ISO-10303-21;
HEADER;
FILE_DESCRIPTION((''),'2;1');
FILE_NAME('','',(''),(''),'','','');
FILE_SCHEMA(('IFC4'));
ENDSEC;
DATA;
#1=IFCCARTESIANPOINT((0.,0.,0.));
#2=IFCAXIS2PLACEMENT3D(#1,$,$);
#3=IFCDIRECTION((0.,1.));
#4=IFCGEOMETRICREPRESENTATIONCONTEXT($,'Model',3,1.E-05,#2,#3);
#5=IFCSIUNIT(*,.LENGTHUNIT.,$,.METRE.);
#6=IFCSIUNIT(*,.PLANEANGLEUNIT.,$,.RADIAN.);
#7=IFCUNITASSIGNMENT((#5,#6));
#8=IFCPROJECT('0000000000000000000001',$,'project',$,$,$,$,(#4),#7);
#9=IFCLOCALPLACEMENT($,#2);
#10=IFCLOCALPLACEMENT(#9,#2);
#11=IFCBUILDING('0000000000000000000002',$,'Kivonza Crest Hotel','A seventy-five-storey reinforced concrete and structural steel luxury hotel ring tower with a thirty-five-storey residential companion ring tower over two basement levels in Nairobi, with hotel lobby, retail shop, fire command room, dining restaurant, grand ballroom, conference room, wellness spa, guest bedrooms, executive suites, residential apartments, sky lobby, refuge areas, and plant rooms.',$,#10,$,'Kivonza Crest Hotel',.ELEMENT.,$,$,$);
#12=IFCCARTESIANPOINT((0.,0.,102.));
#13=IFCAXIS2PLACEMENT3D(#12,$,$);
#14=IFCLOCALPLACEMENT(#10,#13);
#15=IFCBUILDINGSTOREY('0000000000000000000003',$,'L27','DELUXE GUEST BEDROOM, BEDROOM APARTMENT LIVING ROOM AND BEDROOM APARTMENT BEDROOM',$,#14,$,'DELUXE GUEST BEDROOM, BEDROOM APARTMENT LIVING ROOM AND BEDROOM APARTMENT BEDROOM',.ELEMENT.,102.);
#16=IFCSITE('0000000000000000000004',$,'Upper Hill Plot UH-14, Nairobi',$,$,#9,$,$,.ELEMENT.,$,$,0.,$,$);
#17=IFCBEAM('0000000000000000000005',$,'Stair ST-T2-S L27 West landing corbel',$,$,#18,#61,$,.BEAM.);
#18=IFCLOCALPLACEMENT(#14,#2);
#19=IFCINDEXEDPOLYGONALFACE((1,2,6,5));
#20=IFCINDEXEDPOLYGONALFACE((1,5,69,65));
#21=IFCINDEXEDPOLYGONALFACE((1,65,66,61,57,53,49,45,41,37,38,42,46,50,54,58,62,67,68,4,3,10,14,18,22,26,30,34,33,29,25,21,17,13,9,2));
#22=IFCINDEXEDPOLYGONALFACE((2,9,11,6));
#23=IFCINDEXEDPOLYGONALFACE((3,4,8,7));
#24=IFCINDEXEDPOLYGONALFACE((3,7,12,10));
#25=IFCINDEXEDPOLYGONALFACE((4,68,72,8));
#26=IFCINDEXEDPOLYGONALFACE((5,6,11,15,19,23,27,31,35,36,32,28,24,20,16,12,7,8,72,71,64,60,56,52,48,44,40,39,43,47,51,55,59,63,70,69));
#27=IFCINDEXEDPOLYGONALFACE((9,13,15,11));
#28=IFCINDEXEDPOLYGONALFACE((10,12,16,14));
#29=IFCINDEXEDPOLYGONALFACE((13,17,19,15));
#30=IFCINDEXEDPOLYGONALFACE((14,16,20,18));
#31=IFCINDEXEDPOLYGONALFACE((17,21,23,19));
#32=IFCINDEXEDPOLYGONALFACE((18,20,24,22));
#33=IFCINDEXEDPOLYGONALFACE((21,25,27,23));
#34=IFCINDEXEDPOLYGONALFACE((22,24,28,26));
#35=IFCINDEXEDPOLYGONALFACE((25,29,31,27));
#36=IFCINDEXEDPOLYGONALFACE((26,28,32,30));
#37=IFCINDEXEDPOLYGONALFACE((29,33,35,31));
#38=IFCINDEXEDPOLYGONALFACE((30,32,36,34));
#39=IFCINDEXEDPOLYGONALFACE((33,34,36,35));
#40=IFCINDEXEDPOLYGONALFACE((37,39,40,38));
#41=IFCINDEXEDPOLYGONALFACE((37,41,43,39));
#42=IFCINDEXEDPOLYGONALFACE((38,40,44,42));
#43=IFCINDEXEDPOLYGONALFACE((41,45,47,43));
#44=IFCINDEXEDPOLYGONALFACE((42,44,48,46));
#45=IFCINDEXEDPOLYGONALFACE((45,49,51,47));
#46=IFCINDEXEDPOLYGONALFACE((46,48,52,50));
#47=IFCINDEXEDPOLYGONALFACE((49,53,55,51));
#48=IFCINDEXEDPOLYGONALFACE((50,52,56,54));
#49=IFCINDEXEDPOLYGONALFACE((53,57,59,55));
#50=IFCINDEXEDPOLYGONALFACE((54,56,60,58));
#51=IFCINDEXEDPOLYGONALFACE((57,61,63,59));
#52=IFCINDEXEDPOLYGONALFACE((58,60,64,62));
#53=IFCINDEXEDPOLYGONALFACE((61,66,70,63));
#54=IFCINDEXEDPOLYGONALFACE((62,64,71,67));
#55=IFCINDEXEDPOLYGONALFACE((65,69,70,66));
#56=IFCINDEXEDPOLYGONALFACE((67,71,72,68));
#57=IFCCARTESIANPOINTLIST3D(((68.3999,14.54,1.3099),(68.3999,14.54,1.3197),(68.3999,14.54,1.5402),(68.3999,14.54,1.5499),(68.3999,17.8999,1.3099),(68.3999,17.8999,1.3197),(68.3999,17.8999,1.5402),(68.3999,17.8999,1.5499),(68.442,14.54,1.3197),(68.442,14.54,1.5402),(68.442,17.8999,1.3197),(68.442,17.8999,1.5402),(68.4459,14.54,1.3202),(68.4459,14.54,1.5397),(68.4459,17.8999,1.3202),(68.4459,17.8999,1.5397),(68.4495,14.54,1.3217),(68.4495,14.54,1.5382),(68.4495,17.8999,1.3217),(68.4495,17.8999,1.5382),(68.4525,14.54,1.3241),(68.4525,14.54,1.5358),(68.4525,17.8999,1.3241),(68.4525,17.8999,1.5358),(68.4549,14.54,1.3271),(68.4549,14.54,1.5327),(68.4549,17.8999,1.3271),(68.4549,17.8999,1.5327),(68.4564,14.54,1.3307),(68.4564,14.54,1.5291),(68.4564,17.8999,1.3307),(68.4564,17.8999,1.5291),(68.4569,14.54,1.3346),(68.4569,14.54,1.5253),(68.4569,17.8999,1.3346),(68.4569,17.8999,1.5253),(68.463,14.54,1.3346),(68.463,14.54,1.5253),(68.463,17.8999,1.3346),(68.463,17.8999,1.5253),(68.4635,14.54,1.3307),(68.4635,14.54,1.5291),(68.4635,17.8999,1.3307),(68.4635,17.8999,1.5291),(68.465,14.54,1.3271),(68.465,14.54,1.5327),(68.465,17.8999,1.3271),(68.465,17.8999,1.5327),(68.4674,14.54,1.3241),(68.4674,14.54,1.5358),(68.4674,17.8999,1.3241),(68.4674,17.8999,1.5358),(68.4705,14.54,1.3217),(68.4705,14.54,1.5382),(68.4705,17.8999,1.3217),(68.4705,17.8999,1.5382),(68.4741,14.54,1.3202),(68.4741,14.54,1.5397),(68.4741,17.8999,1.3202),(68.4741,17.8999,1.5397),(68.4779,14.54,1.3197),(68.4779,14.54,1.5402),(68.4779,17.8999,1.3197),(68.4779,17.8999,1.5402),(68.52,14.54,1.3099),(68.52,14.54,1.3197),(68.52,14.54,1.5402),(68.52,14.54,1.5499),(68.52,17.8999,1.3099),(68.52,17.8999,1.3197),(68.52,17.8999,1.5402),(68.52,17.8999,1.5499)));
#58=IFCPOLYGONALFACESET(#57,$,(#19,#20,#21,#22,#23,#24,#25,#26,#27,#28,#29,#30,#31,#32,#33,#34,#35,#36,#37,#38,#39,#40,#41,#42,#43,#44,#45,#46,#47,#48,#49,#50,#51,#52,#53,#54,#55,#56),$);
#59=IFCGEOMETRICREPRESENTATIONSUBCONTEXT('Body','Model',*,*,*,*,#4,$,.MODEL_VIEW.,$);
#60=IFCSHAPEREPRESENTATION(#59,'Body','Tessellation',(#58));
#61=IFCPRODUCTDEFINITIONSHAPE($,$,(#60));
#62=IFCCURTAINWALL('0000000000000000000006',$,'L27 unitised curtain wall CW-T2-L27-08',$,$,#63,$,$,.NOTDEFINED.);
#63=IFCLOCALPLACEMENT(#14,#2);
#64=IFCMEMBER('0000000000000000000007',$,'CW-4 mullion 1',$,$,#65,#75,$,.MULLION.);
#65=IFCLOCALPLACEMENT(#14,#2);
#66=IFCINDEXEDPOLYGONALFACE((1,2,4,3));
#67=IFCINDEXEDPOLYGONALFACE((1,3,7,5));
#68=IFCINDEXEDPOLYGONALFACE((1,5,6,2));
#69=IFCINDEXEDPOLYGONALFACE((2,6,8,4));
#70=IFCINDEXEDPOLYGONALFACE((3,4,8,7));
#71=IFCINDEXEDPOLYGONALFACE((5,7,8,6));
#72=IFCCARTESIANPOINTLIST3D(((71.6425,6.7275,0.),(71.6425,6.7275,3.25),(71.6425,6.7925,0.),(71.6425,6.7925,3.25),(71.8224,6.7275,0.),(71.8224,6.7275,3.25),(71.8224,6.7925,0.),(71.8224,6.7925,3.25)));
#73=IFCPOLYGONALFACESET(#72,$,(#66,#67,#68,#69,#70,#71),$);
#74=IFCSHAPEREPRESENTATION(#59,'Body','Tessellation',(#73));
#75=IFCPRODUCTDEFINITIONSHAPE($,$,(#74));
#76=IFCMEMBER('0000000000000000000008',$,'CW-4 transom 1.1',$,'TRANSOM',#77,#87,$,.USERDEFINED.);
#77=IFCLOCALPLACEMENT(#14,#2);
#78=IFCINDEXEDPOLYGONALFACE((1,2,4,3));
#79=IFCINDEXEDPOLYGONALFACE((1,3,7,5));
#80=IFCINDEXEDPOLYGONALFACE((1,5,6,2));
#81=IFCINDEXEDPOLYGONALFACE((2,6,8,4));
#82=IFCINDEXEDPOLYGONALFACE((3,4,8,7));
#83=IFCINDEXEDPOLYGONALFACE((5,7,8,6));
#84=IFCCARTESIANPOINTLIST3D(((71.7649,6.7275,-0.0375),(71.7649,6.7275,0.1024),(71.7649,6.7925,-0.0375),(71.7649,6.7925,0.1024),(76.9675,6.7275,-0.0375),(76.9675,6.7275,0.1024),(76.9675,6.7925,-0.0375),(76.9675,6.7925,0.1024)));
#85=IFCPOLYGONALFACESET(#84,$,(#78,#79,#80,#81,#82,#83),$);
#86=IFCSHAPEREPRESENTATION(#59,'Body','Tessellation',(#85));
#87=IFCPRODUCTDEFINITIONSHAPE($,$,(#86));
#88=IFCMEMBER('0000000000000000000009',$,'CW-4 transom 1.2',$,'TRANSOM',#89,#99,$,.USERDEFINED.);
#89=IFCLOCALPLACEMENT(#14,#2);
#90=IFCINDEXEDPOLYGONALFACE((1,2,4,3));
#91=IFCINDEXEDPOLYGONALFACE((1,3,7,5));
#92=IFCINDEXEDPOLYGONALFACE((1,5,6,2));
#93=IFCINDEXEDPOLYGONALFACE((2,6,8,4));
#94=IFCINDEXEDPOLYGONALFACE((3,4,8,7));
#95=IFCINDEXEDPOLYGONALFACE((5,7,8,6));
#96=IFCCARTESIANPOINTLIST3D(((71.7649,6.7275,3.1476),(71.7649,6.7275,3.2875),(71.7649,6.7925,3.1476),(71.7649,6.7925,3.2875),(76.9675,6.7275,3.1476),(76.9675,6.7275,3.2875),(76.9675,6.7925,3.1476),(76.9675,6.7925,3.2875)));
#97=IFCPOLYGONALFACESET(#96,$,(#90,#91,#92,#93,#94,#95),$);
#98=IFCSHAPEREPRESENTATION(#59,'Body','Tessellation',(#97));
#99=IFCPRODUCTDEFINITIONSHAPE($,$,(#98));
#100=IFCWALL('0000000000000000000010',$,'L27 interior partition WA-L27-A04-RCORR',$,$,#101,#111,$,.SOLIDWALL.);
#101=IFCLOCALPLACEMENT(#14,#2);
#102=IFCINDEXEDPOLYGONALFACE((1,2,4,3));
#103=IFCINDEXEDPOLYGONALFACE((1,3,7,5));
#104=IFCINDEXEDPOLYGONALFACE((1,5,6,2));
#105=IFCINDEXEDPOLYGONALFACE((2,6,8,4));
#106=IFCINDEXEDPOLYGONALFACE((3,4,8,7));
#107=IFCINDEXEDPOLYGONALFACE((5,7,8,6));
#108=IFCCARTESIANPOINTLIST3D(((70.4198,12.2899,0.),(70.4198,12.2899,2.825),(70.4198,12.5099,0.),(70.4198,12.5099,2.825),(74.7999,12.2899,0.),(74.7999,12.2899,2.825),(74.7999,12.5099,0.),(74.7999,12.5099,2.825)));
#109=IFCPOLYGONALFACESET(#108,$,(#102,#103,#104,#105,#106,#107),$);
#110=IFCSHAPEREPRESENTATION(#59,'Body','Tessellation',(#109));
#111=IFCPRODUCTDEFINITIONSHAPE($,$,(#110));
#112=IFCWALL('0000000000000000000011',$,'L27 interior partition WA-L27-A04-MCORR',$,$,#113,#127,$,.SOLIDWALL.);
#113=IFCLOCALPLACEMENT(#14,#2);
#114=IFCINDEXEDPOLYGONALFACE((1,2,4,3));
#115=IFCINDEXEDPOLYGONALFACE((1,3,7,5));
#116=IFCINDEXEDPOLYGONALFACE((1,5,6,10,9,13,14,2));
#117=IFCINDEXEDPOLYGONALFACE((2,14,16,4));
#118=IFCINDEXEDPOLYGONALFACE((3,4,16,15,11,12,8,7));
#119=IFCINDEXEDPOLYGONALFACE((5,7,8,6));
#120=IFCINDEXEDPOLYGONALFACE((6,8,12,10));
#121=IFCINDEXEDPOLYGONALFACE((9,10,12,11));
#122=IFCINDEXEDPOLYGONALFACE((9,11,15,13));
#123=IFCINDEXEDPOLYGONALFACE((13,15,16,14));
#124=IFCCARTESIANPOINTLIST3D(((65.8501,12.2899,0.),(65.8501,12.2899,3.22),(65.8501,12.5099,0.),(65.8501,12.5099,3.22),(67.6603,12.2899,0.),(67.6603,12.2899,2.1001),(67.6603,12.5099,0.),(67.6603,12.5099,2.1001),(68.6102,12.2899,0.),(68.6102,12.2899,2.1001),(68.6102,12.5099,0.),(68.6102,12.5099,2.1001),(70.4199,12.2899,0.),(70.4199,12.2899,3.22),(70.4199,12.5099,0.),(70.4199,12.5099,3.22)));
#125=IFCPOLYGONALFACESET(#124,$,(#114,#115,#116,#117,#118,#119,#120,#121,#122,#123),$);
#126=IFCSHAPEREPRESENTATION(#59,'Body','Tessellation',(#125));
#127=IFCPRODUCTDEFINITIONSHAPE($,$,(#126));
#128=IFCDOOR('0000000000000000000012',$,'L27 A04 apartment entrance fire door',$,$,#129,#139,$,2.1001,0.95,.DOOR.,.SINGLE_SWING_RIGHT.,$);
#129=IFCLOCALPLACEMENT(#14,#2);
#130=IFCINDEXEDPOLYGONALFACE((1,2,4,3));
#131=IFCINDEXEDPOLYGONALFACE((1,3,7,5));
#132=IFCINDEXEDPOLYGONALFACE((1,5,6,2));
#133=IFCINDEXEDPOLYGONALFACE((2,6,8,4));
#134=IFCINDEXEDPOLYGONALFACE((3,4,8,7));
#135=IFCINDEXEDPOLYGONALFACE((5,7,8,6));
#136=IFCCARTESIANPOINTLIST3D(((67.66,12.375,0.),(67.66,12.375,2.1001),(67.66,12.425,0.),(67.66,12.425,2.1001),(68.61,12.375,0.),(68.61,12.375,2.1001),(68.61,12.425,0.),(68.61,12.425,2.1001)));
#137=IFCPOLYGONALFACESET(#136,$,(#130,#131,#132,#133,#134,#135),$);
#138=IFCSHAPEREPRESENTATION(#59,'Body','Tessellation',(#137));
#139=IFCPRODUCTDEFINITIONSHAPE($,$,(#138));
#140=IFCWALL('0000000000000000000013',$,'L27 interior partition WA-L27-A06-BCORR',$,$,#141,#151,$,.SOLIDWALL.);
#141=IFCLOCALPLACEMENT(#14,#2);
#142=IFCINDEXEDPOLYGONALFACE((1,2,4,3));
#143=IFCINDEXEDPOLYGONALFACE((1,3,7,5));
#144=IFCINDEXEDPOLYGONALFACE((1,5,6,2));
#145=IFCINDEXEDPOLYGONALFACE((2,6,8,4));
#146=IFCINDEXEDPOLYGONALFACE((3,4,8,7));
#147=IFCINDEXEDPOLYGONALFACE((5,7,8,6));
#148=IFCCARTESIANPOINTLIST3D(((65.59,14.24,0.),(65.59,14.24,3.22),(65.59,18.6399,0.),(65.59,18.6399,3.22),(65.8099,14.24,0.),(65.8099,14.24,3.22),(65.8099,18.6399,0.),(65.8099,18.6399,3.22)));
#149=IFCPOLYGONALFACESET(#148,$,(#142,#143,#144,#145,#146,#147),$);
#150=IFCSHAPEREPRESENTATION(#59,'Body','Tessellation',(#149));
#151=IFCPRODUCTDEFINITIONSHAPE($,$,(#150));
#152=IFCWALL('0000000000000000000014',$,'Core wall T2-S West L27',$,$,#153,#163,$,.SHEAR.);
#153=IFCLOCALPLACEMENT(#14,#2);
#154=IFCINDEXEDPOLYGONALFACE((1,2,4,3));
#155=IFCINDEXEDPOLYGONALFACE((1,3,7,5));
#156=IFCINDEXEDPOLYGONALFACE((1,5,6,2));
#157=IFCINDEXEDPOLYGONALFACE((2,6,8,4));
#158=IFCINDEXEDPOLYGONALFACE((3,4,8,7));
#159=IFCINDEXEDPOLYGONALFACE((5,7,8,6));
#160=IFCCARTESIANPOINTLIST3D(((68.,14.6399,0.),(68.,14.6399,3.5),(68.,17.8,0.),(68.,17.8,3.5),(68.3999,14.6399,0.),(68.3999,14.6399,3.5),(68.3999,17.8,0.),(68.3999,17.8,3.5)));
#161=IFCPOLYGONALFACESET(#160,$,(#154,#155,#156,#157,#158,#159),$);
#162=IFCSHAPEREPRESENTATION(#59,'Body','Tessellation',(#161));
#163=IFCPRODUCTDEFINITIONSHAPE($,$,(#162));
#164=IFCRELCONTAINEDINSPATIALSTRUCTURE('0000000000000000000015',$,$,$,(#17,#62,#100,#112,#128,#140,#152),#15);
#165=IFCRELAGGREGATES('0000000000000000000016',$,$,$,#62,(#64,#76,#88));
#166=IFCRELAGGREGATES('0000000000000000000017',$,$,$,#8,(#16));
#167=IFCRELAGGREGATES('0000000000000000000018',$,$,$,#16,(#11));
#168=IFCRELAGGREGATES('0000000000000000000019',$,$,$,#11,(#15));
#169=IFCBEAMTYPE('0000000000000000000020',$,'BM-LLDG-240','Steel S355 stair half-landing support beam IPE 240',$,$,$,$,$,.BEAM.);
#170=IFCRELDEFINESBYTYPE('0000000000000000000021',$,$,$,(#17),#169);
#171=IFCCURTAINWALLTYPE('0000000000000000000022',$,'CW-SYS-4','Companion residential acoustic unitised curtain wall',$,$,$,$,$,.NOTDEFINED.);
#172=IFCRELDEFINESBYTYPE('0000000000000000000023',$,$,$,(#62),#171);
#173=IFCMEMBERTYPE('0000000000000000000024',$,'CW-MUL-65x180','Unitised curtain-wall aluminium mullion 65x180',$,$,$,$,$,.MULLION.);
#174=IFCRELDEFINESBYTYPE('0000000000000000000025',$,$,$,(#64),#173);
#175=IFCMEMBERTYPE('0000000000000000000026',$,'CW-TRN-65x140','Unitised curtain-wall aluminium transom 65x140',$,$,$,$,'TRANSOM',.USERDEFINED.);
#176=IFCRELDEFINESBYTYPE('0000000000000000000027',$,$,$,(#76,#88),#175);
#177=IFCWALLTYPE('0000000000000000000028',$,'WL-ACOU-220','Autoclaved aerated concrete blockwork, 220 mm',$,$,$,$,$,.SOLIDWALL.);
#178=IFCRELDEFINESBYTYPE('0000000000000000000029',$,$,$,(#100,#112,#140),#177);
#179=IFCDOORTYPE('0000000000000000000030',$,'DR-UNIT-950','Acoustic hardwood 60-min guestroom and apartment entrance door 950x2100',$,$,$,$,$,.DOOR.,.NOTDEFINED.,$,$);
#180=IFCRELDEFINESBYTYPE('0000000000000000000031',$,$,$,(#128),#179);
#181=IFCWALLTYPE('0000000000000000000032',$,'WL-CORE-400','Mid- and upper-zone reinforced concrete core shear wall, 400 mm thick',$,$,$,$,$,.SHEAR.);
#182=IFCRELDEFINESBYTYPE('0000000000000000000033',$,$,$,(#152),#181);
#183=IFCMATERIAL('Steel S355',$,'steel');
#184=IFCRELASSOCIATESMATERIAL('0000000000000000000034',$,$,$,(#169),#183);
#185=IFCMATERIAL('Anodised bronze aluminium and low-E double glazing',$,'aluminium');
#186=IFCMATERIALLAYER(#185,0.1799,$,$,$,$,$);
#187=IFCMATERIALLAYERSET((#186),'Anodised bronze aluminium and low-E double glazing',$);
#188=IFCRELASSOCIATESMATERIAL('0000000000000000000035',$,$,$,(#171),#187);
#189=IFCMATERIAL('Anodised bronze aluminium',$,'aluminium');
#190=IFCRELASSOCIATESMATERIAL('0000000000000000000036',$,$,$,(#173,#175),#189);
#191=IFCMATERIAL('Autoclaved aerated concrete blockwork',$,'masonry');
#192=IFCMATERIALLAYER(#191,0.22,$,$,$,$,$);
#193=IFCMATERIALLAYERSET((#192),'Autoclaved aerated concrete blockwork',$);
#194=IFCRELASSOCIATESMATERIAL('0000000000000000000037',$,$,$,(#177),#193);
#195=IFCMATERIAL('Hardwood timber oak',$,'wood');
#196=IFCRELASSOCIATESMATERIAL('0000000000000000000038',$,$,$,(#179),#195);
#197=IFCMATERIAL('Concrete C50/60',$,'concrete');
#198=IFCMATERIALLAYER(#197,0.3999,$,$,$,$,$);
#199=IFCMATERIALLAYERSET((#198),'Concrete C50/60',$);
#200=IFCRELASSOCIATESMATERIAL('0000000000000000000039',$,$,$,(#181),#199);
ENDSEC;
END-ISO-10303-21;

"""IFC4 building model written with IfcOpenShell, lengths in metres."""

from ifc_helpers import new_model, si_unit, direction, frame, frame_2d, origin, origin_2d, place, context, subcontext, project, spatial, rectangle, i_section, extrude, material, layer, layer_set, material_profile, profile_set, type_object, element, fill, aggregate, save


model = new_model("IFC4")

# Units and contexts
model_context = context("Model", 3, precision=1e-05, world=origin(), true_north=direction((0.0, 1.0)))
body_context = subcontext(model_context, "Body", "Model", "MODEL_VIEW")
ifc_project = project(units=[si_unit("LENGTHUNIT", "METRE"), si_unit("PLANEANGLEUNIT", "RADIAN")], contexts=[model_context])

# Site, building, storey
site_placement = place(None, origin())
site = spatial("IfcSite", under=ifc_project, at=site_placement, Name="Upper Hill Plot UH-14, Nairobi", CompositionType="ELEMENT", RefElevation=0.0)
building_placement = place(site_placement, origin())
building = spatial("IfcBuilding", under=site, at=building_placement, Name="Kivonza Crest Hotel", Description="A seventy-five-storey reinforced concrete and structural steel luxury hotel ring tower with a thirty-five-storey residential companion ring tower over two basement levels in Nairobi, with hotel lobby, retail shop, fire command room, dining restaurant, grand ballroom, conference room, wellness spa, guest bedrooms, executive suites, residential apartments, sky lobby, refuge areas, and plant rooms.", LongName="Kivonza Crest Hotel", CompositionType="ELEMENT")
storey_placement = place(building_placement, frame((0.0, 0.0, 102.0)))
storey = spatial("IfcBuildingStorey", under=building, at=storey_placement, Name="L27", Description="DELUXE GUEST BEDROOM, BEDROOM APARTMENT LIVING ROOM AND BEDROOM APARTMENT BEDROOM", LongName="DELUXE GUEST BEDROOM, BEDROOM APARTMENT LIVING ROOM AND BEDROOM APARTMENT BEDROOM", CompositionType="ELEMENT", Elevation=102.0)

# Shared definitions
ifc_material_1 = material(Name="Concrete C50/60", Category="concrete")

# Beam
ifc_material_2 = material(Name="Steel S355", Category="steel")
ifc_material_profile_1 = material_profile(ifc_material_2, i_section(OverallWidth=0.1201, OverallDepth=0.24, WebThickness=0.0061, FlangeThickness=0.0098, FilletRadius=0.0149, at=origin_2d()), Name="IPE 240")
ifc_profile_set_1 = profile_set([ifc_material_profile_1], Name="Steel S355")
beam_type_1 = type_object("IfcBeamType", Name="BM-LLDG-240", Description="Steel S355 stair half-landing support beam IPE 240", PredefinedType="BEAM", material=ifc_profile_set_1)
beam_1_placement = place(storey_placement, frame((68.46, 14.54, 1.4299), z_axis=(0.0, 1.0, 0.0), x_axis=(-1.0, 0.0, 0.0)))
element("IfcBeam", 1, at=beam_1_placement, inside=storey, type_object=beam_type_1, Name="Stair ST-T2-S L27 West landing corbel", PredefinedType="BEAM", context=body_context, shape_type="SweptSolid", body=[
    extrude(i_section(OverallWidth=0.1201, OverallDepth=0.24, WebThickness=0.0061, FlangeThickness=0.0098, FilletRadius=0.0149, at=origin_2d()), origin(), (0.0, 0.0, 1.0), 3.3599),
])

# Curtain wall, members
ifc_material_3 = material(Name="Anodised bronze aluminium and low-E double glazing", Category="aluminium")
ifc_layer_1 = layer(ifc_material_3, 0.1799)
ifc_layer_set_1 = layer_set([ifc_layer_1], Name="Anodised bronze aluminium and low-E double glazing")
curtain_wall_type = type_object("IfcCurtainWallType", Name="CW-SYS-4", Description="Companion residential acoustic unitised curtain wall", PredefinedType="NOTDEFINED", material=ifc_layer_set_1)
curtain_wall_placement = place(storey_placement, origin())
curtain_wall = element("IfcCurtainWall", 2, at=curtain_wall_placement, inside=storey, type_object=curtain_wall_type, Name="L27 unitised curtain wall CW-T2-L27-08", PredefinedType="NOTDEFINED")
ifc_material_4 = material(Name="Anodised bronze aluminium", Category="aluminium")
ifc_material_profile_2 = material_profile(ifc_material_4, rectangle(XDim=0.0649, YDim=0.1799, at=origin_2d()), Name="CW-M 65x180")
ifc_profile_set_2 = profile_set([ifc_material_profile_2], Name="Anodised bronze aluminium")
member_type_1 = type_object("IfcMemberType", Name="CW-MUL-65x180", Description="Unitised curtain-wall aluminium mullion 65x180", PredefinedType="MULLION", material=ifc_profile_set_2)
member_1_placement = place(storey_placement, frame((71.7324, 6.76, 0.0), z_axis=(0.0, 0.0, 1.0), x_axis=(0.0, 1.0, 0.0)))
member_1 = element("IfcMember", 3, at=member_1_placement, type_object=member_type_1, Name="CW-4 mullion 1", PredefinedType="MULLION", context=body_context, shape_type="SweptSolid", body=[
    extrude(rectangle(XDim=0.0649, YDim=0.1799, at=origin_2d()), origin(), (0.0, 0.0, 1.0), 3.25),
])
ifc_material_profile_3 = material_profile(ifc_material_4, rectangle(XDim=0.0649, YDim=0.1399, at=origin_2d()), Name="CW-T 65x140")
ifc_profile_set_3 = profile_set([ifc_material_profile_3], Name="Anodised bronze aluminium")
member_type_2 = type_object("IfcMemberType", Name="CW-TRN-65x140", Description="Unitised curtain-wall aluminium transom 65x140", ElementType="TRANSOM", PredefinedType="USERDEFINED", material=ifc_profile_set_3)
member_2_placement = place(storey_placement, frame((71.7649, 6.76, 0.0325), z_axis=(1.0, 0.0, 0.0), x_axis=(0.0, 1.0, 0.0)))
member_2 = element("IfcMember", 4, at=member_2_placement, type_object=member_type_2, Name="CW-4 transom 1.1", ObjectType="TRANSOM", PredefinedType="USERDEFINED", context=body_context, shape_type="SweptSolid", body=[
    extrude(rectangle(XDim=0.0649, YDim=0.1399, at=origin_2d()), origin(), (0.0, 0.0, 1.0), 5.2026),
])
member_3_placement = place(storey_placement, frame((71.7649, 6.76, 3.2175), z_axis=(1.0, 0.0, 0.0), x_axis=(0.0, 1.0, 0.0)))
member_3 = element("IfcMember", 5, at=member_3_placement, type_object=member_type_2, Name="CW-4 transom 1.2", ObjectType="TRANSOM", PredefinedType="USERDEFINED", context=body_context, shape_type="SweptSolid", body=[
    extrude(rectangle(XDim=0.0649, YDim=0.1399, at=origin_2d()), origin(), (0.0, 0.0, 1.0), 5.2026),
])
aggregate(curtain_wall, [member_1, member_2, member_3])

# Wall
ifc_material_5 = material(Name="Autoclaved aerated concrete blockwork", Category="masonry")
ifc_layer_2 = layer(ifc_material_5, 0.22)
ifc_layer_set_2 = layer_set([ifc_layer_2], Name="Autoclaved aerated concrete blockwork")
wall_type_1 = type_object("IfcWallType", Name="WL-ACOU-220", Description="Autoclaved aerated concrete blockwork, 220 mm", PredefinedType="SOLIDWALL", material=ifc_layer_set_2)
wall_1_placement = place(storey_placement, frame((70.4199, 12.3999, 0.0), z_axis=(0.0, 0.0, 1.0), x_axis=(1.0, 0.0, 0.0)))
element("IfcWall", 6, at=wall_1_placement, inside=storey, type_object=wall_type_1, Name="L27 interior partition WA-L27-A04-RCORR", PredefinedType="SOLIDWALL", context=body_context, shape_type="SweptSolid", body=[
    extrude(rectangle(XDim=4.3801, YDim=0.22, at=frame_2d((2.1899, 0.0))), origin(), (0.0, 0.0, 1.0), 2.825),
])

# Wall, opening, door
wall_2_placement = place(storey_placement, frame((65.8501, 12.3999, 0.0), z_axis=(0.0, 0.0, 1.0), x_axis=(1.0, 0.0, 0.0)))
wall_2 = element("IfcWall", 7, at=wall_2_placement, inside=storey, type_object=wall_type_1, Name="L27 interior partition WA-L27-A04-MCORR", PredefinedType="SOLIDWALL", context=body_context, shape_type="SweptSolid", body=[
    extrude(rectangle(XDim=4.5698, YDim=0.22, at=frame_2d((2.2849, 0.0))), origin(), (0.0, 0.0, 1.0), 3.22),
])
opening_1_placement = place(wall_2_placement, frame((1.8101, 0.0, 0.0)))
opening_1 = element("IfcOpeningElement", 8, at=opening_1_placement, cuts=wall_2, PredefinedType="OPENING", context=body_context, shape_type="SweptSolid", body=[
    extrude(rectangle(XDim=0.95, YDim=2.1001, at=frame_2d((0.4751, 1.05))), frame((0.0, 0.1201, 0.0), z_axis=(0.0, -1.0, 0.0), x_axis=(1.0, 0.0, 0.0)), (0.0, 0.0, 1.0), 0.24),
])
ifc_material_6 = material(Name="Hardwood timber oak", Category="wood")
door_type_1 = type_object("IfcDoorType", Name="DR-UNIT-950", Description="Acoustic hardwood 60-min guestroom and apartment entrance door 950x2100", OperationType="NOTDEFINED", PredefinedType="DOOR", material=ifc_material_6)
door_1_placement = place(opening_1_placement, frame((0.95, 0.0, 0.0), z_axis=(0.0, 0.0, 1.0), x_axis=(-1.0, 0.0, 0.0)))
door_1 = element("IfcDoor", 9, at=door_1_placement, inside=storey, type_object=door_type_1, Name="L27 A04 apartment entrance fire door", OperationType="SINGLE_SWING_RIGHT", OverallHeight=2.1001, OverallWidth=0.95, PredefinedType="DOOR", context=body_context, shape_type="SweptSolid", body=[
    extrude(rectangle(XDim=0.95, YDim=2.1001, at=frame_2d((0.4751, 1.05))), frame((0.0, 0.0249, 0.0), z_axis=(0.0, -1.0, 0.0), x_axis=(1.0, 0.0, 0.0)), (0.0, 0.0, 1.0), 0.05),
])
fill(opening_1, door_1)

# Wall
wall_3_placement = place(storey_placement, frame((65.7, 14.24, 0.0), z_axis=(0.0, 0.0, 1.0), x_axis=(0.0, 1.0, 0.0)))
element("IfcWall", 10, at=wall_3_placement, inside=storey, type_object=wall_type_1, Name="L27 interior partition WA-L27-A06-BCORR", PredefinedType="SOLIDWALL", context=body_context, shape_type="SweptSolid", body=[
    extrude(rectangle(XDim=4.3999, YDim=0.22, at=frame_2d((2.2, 0.0))), origin(), (0.0, 0.0, 1.0), 3.22),
])

# Shared definitions
ifc_layer_3 = layer(ifc_material_1, 0.3999)
ifc_layer_set_3 = layer_set([ifc_layer_3], Name="Concrete C50/60")
wall_type_2 = type_object("IfcWallType", Name="WL-CORE-400", Description="Mid- and upper-zone reinforced concrete core shear wall, 400 mm thick", PredefinedType="SHEAR", material=ifc_layer_set_3)

# Wall
wall_4_placement = place(storey_placement, frame((68.2, 14.6399, 0.0), z_axis=(0.0, 0.0, 1.0), x_axis=(0.0, 1.0, 0.0)))
element("IfcWall", 11, at=wall_4_placement, inside=storey, type_object=wall_type_2, Name="Core wall T2-S West L27", PredefinedType="SHEAR", context=body_context, shape_type="SweptSolid", body=[
    extrude(rectangle(XDim=3.1602, YDim=0.3999, at=frame_2d((1.5801, 0.0))), origin(), (0.0, 0.0, 1.0), 3.5),
])

save(model, "model.ifc")
